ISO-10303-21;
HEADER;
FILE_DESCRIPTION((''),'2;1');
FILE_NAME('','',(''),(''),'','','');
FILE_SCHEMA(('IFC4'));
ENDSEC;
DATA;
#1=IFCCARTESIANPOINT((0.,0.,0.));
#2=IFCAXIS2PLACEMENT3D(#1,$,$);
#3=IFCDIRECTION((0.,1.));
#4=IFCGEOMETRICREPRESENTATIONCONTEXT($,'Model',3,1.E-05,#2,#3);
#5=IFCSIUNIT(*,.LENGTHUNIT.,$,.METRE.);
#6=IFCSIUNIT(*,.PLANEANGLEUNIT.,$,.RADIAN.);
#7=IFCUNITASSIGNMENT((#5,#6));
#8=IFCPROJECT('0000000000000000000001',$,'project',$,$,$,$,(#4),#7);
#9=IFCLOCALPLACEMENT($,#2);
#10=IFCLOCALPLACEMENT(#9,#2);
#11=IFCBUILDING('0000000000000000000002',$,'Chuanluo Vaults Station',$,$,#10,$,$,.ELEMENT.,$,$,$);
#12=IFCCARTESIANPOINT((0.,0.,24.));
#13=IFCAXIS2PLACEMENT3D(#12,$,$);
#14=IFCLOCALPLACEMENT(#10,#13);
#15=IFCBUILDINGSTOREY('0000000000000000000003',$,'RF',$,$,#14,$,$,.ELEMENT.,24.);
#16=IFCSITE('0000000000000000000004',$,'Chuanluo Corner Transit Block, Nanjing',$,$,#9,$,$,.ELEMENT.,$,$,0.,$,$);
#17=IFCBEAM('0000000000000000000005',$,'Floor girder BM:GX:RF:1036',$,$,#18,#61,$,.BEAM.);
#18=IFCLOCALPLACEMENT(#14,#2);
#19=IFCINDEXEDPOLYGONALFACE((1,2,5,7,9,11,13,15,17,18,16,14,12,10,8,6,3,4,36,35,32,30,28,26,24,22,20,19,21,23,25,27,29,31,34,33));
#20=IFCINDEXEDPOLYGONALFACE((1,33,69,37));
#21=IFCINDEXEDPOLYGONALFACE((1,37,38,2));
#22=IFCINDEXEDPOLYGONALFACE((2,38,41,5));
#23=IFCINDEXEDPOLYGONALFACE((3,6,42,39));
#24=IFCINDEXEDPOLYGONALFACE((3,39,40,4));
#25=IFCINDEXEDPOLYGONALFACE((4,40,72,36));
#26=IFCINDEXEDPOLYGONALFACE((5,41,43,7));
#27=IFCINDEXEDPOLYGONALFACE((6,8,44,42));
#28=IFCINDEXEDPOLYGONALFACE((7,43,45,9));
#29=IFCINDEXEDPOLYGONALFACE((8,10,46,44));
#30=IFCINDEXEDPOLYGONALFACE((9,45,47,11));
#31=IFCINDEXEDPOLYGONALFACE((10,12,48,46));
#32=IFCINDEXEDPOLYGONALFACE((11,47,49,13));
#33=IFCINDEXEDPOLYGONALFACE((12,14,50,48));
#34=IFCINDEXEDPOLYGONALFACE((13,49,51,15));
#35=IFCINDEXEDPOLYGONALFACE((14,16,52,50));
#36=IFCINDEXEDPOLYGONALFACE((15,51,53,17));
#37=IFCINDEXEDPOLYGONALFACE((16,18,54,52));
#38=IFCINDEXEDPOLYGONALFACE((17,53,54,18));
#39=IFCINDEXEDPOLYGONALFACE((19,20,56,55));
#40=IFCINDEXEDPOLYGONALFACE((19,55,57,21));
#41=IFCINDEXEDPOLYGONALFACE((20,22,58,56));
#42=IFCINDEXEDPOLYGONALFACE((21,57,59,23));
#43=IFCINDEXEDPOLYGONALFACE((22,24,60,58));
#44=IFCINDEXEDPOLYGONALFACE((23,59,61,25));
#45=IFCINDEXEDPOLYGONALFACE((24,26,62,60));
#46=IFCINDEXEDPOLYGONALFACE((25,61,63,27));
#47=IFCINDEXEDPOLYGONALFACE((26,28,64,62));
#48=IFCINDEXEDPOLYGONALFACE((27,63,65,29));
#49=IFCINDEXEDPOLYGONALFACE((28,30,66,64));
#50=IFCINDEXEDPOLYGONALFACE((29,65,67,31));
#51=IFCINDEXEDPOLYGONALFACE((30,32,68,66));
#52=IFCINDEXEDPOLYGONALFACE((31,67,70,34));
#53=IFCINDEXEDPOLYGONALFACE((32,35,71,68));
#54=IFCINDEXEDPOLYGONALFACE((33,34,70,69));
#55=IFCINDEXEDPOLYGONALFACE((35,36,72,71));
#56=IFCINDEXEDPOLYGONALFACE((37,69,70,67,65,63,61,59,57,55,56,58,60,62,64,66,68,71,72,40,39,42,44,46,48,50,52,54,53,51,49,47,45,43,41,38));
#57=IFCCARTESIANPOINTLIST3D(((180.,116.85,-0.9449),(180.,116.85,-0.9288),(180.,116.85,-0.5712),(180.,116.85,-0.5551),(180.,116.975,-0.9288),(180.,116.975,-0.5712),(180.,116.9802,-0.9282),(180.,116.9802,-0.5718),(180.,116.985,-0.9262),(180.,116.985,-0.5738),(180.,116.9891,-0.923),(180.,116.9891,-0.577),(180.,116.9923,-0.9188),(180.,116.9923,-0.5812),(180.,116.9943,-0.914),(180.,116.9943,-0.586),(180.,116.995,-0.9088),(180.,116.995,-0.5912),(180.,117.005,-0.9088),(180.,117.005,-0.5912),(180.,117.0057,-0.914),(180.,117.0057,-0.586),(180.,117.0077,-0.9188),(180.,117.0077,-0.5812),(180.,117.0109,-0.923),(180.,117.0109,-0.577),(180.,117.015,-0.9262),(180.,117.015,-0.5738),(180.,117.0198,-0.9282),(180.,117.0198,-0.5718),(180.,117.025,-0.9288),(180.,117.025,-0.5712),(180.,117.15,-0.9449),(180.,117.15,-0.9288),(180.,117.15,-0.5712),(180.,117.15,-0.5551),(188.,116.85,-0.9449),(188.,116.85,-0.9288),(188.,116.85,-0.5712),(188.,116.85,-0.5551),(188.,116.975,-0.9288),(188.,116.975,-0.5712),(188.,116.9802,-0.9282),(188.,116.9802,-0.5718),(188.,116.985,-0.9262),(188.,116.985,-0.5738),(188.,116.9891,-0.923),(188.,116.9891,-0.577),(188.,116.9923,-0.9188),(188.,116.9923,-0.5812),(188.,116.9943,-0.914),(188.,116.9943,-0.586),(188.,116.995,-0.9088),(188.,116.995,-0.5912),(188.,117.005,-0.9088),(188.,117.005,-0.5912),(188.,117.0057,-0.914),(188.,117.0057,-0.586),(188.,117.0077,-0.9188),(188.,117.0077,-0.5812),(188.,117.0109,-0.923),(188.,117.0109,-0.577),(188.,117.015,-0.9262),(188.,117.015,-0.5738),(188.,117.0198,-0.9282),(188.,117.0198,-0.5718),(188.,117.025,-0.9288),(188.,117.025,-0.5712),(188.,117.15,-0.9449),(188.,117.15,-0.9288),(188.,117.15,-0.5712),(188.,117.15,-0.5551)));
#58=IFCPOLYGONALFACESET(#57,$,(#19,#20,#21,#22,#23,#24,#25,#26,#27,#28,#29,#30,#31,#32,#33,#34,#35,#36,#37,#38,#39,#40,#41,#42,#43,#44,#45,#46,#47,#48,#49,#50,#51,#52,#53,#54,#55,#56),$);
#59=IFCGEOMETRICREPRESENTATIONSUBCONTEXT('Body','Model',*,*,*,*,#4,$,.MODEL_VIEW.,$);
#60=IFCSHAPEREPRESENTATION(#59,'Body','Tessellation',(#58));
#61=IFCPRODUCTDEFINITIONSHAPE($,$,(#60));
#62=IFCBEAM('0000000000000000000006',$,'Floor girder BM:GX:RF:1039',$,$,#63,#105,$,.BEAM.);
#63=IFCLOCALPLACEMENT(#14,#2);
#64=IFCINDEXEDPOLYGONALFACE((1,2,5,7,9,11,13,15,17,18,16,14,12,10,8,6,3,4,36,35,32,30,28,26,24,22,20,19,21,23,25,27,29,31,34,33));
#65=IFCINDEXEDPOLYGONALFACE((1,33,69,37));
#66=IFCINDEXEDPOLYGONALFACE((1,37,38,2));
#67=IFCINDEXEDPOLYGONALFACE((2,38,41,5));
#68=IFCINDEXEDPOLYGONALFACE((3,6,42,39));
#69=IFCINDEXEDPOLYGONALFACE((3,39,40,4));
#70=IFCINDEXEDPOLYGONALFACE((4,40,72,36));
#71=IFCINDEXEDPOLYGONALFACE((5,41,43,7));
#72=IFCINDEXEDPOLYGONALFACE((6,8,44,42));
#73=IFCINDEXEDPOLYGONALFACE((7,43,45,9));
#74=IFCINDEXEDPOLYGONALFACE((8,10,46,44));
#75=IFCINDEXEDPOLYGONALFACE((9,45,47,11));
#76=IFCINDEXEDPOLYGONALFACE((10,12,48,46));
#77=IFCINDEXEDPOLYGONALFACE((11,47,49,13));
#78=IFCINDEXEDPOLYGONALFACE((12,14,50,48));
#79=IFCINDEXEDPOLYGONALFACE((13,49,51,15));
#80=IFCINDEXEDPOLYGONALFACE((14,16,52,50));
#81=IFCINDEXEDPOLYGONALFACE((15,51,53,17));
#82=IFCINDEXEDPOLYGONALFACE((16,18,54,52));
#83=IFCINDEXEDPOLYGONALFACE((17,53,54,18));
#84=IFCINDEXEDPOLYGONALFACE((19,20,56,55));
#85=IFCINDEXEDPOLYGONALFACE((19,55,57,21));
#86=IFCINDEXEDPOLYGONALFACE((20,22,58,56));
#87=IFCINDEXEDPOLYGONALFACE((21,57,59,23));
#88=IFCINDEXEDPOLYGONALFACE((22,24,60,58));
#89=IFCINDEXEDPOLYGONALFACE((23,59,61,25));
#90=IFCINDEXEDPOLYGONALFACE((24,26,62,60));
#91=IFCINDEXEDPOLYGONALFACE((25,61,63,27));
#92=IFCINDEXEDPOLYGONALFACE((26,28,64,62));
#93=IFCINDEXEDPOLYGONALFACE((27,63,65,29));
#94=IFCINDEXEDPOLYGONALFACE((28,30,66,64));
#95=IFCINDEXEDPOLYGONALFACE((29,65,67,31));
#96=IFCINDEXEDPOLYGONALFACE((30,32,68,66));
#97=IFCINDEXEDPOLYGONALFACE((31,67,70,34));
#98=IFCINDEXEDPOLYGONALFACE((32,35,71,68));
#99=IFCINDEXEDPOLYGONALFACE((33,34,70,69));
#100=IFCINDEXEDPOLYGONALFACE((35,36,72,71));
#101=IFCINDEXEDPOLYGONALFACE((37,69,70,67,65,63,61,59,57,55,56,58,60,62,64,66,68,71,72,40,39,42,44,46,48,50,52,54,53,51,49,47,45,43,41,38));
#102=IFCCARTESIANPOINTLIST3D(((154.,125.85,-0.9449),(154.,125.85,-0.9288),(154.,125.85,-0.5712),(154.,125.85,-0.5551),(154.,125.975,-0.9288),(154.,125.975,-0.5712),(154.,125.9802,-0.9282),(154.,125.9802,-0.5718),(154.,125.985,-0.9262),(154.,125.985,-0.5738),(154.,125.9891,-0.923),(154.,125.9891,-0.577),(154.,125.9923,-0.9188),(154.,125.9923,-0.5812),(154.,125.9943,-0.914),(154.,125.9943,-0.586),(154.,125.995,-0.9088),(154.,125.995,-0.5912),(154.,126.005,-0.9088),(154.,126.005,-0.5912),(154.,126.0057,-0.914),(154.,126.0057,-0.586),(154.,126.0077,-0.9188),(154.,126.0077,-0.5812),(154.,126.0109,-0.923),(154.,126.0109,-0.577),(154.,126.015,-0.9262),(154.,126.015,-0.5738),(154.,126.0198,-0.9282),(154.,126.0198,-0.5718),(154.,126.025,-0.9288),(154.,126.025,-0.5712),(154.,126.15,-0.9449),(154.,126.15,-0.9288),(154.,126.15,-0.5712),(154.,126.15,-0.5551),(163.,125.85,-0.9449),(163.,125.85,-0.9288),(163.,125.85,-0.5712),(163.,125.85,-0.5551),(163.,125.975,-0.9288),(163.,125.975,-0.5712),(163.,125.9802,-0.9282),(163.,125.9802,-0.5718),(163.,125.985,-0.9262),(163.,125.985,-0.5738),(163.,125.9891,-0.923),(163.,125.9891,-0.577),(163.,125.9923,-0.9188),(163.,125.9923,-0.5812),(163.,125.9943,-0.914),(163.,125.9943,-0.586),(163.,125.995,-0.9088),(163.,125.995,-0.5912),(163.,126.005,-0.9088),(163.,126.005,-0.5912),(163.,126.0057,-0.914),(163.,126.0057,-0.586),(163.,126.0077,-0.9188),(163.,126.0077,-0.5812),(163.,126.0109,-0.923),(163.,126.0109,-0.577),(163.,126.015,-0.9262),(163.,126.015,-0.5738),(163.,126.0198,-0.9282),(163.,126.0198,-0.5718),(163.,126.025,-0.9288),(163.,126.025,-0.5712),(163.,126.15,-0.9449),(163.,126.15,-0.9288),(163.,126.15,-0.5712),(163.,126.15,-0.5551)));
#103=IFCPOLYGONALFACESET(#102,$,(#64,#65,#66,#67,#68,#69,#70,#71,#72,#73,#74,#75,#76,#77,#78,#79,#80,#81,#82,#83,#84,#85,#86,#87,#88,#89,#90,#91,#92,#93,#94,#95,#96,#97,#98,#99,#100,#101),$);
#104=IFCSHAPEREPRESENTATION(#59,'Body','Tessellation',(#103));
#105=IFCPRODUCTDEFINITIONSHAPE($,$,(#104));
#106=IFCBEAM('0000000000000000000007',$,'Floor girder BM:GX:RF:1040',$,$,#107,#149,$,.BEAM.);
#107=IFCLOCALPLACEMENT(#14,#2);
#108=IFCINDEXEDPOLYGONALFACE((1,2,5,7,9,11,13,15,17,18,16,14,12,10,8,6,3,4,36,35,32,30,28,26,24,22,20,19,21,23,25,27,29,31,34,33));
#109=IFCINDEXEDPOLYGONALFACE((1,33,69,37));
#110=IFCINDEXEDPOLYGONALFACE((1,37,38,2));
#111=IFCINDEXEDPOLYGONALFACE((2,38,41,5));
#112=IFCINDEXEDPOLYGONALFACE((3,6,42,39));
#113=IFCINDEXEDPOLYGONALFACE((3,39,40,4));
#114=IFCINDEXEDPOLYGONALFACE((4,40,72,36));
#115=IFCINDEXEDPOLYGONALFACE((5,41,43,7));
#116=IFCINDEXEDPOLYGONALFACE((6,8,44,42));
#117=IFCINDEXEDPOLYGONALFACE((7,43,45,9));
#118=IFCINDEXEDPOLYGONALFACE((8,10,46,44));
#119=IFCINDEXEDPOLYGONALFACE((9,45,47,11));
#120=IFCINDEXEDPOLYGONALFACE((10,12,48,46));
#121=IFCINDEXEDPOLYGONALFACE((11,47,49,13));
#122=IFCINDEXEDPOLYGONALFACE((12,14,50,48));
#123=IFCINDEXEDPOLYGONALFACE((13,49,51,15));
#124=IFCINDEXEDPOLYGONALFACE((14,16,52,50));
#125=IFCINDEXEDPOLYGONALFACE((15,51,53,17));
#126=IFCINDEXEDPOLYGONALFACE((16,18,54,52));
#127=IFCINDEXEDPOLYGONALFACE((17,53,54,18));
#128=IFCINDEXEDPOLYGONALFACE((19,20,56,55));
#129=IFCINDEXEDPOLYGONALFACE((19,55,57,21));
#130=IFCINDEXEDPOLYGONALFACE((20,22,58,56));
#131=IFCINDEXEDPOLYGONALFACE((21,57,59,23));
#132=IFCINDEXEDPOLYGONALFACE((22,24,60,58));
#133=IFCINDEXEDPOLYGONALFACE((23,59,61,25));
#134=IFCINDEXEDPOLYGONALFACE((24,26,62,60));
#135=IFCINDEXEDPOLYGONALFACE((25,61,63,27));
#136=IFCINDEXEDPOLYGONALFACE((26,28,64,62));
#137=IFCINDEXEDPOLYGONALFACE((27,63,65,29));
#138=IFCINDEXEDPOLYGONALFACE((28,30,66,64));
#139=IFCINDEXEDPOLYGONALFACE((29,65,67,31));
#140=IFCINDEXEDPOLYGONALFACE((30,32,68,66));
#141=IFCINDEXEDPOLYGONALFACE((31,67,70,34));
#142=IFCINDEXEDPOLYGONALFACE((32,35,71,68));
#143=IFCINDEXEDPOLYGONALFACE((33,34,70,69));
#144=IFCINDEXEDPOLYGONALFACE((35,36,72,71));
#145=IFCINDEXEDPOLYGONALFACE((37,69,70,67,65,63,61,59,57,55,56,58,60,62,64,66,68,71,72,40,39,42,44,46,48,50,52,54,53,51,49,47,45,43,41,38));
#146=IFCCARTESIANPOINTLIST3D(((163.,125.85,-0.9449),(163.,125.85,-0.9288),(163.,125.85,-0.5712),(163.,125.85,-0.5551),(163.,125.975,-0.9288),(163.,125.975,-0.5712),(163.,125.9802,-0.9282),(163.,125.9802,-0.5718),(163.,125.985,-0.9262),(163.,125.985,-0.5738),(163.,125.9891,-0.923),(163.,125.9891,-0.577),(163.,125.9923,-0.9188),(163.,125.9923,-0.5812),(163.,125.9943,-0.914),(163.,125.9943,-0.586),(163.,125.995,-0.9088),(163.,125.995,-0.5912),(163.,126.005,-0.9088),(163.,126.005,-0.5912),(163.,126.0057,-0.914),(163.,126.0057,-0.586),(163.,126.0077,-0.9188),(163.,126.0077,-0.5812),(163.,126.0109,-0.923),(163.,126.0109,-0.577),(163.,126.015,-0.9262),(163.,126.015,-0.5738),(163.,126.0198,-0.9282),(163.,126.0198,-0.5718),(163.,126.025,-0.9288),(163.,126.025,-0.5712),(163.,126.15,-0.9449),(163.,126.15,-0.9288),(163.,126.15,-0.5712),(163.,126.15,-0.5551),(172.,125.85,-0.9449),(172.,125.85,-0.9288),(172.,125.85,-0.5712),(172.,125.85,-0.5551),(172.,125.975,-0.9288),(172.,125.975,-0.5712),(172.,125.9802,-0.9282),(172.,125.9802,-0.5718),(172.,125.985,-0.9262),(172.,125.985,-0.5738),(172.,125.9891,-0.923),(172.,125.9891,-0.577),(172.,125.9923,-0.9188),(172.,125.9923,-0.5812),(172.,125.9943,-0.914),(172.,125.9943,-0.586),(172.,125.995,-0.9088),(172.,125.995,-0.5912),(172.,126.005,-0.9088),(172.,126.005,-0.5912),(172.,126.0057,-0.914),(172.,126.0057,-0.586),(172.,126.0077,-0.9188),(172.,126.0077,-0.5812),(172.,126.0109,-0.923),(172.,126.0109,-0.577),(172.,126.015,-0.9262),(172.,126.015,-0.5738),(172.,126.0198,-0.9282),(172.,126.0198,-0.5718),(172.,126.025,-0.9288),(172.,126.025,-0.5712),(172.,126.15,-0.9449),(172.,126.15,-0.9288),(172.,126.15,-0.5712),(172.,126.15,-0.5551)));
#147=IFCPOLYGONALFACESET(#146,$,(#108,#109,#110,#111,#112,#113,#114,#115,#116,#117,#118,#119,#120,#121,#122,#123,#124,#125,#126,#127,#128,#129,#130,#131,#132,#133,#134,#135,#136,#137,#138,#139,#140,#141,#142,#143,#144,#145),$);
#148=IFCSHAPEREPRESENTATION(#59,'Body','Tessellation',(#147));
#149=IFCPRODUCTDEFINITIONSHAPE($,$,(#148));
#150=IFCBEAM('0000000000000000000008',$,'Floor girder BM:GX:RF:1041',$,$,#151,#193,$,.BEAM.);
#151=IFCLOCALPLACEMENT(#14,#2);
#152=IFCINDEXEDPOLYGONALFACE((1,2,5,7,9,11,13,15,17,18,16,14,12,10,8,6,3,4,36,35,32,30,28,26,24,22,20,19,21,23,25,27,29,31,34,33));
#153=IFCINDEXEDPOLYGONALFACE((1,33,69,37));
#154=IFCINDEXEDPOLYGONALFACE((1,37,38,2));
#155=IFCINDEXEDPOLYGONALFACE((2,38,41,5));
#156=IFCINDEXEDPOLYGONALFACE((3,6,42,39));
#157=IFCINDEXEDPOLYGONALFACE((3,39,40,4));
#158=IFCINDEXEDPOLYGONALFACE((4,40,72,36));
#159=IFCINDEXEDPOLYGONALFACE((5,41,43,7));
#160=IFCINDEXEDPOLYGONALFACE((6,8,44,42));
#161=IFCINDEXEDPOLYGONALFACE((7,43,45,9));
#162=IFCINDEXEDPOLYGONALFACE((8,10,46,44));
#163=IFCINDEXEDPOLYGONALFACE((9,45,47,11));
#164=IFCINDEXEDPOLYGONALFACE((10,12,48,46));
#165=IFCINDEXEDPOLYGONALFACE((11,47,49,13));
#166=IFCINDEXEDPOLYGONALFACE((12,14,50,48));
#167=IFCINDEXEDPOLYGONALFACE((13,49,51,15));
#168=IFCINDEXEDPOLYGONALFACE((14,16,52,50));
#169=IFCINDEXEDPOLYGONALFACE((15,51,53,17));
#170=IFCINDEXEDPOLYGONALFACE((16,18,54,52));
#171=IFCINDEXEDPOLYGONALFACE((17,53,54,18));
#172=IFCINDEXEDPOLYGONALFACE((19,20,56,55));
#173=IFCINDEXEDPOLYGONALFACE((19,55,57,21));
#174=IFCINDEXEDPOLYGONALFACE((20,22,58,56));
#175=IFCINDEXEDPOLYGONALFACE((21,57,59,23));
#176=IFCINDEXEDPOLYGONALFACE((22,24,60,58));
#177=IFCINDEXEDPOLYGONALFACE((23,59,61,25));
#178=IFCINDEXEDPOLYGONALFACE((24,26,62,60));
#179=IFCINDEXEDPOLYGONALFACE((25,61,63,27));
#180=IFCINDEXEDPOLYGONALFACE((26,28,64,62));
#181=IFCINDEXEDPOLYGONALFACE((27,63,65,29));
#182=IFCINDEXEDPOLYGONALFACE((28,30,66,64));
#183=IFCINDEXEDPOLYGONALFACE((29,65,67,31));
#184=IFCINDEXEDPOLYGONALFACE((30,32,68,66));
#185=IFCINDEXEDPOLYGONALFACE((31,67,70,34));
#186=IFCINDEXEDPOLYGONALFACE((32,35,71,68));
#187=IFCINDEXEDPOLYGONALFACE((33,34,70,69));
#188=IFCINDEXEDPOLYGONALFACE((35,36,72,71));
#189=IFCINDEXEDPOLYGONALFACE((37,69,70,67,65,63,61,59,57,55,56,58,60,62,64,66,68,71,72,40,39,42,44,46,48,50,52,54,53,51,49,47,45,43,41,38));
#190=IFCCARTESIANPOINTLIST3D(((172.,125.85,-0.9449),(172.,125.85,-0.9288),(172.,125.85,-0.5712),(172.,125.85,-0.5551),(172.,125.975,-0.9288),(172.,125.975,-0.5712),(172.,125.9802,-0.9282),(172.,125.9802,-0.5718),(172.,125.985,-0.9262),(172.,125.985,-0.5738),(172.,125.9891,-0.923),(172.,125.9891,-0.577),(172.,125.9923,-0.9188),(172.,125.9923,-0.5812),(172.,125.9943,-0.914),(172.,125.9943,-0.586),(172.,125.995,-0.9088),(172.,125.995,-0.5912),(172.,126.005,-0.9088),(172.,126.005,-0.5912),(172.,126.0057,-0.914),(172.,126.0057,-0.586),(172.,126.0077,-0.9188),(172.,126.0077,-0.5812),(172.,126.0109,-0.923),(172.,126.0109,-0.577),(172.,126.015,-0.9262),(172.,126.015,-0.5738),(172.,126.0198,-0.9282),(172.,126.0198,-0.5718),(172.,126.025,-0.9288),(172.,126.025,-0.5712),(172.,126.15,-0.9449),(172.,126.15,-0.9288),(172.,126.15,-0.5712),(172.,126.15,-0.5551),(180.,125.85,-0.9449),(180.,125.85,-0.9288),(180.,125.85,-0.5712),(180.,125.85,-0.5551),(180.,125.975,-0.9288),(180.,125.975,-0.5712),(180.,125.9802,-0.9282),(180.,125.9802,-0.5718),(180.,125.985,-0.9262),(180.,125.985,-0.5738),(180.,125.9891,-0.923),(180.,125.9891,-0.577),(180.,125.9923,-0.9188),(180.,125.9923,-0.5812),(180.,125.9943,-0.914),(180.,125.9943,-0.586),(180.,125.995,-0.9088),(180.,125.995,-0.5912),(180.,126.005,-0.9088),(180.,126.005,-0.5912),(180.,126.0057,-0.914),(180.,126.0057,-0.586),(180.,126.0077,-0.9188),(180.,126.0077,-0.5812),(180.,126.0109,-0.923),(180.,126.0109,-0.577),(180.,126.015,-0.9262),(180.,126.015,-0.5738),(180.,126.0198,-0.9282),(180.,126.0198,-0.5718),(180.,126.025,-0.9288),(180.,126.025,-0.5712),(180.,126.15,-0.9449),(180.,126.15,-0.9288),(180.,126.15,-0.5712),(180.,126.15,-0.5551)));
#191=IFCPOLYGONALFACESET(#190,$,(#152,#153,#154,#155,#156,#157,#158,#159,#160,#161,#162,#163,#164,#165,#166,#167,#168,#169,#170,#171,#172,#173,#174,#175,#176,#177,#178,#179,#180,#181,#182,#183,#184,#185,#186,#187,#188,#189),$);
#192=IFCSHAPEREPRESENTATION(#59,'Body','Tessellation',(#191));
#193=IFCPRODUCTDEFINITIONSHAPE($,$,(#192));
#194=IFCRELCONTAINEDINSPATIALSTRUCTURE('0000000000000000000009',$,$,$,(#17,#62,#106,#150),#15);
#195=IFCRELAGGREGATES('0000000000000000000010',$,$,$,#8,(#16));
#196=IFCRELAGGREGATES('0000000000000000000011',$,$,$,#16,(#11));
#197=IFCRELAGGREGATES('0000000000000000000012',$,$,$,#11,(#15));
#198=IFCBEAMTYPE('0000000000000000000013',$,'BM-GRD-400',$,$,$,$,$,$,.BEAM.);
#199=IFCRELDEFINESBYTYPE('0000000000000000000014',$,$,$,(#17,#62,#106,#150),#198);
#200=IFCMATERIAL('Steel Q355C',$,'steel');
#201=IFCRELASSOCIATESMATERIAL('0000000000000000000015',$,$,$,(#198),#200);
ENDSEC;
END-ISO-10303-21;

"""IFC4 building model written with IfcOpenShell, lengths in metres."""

from ifc_helpers import new_model, si_unit, direction, frame, origin, origin_2d, place, context, subcontext, project, spatial, i_section, extrude, material, material_profile, profile_set, type_object, element, save


model = new_model("IFC4")

# Units and contexts
model_context = context("Model", 3, precision=1e-05, world=origin(), true_north=direction((0.0, 1.0)))
body_context = subcontext(model_context, "Body", "Model", "MODEL_VIEW")
ifc_project = project(units=[si_unit("LENGTHUNIT", "METRE"), si_unit("PLANEANGLEUNIT", "RADIAN")], contexts=[model_context])

# Site, building, storey
site_placement = place(None, origin())
site = spatial("IfcSite", under=ifc_project, at=site_placement, Name="Chuanluo Corner Transit Block, Nanjing", CompositionType="ELEMENT", RefElevation=0.0)
building_placement = place(site_placement, origin())
building = spatial("IfcBuilding", under=site, at=building_placement, Name="Chuanluo Vaults Station", CompositionType="ELEMENT")
storey_placement = place(building_placement, frame((0.0, 0.0, 24.0)))
storey = spatial("IfcBuildingStorey", under=building, at=storey_placement, Name="RF", CompositionType="ELEMENT", Elevation=24.0)

# Beams
ifc_material_1 = material(Name="Steel Q355C", Category="steel")
ifc_material_profile_1 = material_profile(ifc_material_1, i_section(OverallWidth=0.3, OverallDepth=0.3899, WebThickness=0.01, FlangeThickness=0.0161, FilletRadius=0.02, at=origin_2d()))
ifc_profile_set_1 = profile_set([ifc_material_profile_1], Name="Steel Q355C")
beam_type_1 = type_object("IfcBeamType", Name="BM-GRD-400", PredefinedType="BEAM", material=ifc_profile_set_1)
for number, where, z_axis, x_axis, name in (
    (1, (180.0, 117.0, -0.75), (1.0, 0.0, 0.0), (0.0, 1.0, 0.0), "Floor girder BM:GX:RF:1036"),
):
    element("IfcBeam", number, at=place(storey_placement, frame(where, z_axis=z_axis, x_axis=x_axis)), inside=storey, type_object=beam_type_1, Name=name, PredefinedType="BEAM", context=body_context, shape_type="SweptSolid", body=[
        extrude(i_section(OverallWidth=0.3, OverallDepth=0.3899, WebThickness=0.01, FlangeThickness=0.0161, FilletRadius=0.02, at=origin_2d()), origin(), (0.0, 0.0, 1.0), 8.0),
    ])
for number, where, z_axis, x_axis, name in (
    (2, (154.0, 126.0, -0.75), (1.0, 0.0, 0.0), (0.0, 1.0, 0.0), "Floor girder BM:GX:RF:1039"),
    (3, (163.0, 126.0, -0.75), (1.0, 0.0, 0.0), (0.0, 1.0, 0.0), "Floor girder BM:GX:RF:1040"),
):
    element("IfcBeam", number, at=place(storey_placement, frame(where, z_axis=z_axis, x_axis=x_axis)), inside=storey, type_object=beam_type_1, Name=name, PredefinedType="BEAM", context=body_context, shape_type="SweptSolid", body=[
        extrude(i_section(OverallWidth=0.3, OverallDepth=0.3899, WebThickness=0.01, FlangeThickness=0.0161, FilletRadius=0.02, at=origin_2d()), origin(), (0.0, 0.0, 1.0), 9.0),
    ])
for number, where, z_axis, x_axis, name in (
    (4, (172.0, 126.0, -0.75), (1.0, 0.0, 0.0), (0.0, 1.0, 0.0), "Floor girder BM:GX:RF:1041"),
):
    element("IfcBeam", number, at=place(storey_placement, frame(where, z_axis=z_axis, x_axis=x_axis)), inside=storey, type_object=beam_type_1, Name=name, PredefinedType="BEAM", context=body_context, shape_type="SweptSolid", body=[
        extrude(i_section(OverallWidth=0.3, OverallDepth=0.3899, WebThickness=0.01, FlangeThickness=0.0161, FilletRadius=0.02, at=origin_2d()), origin(), (0.0, 0.0, 1.0), 8.0),
    ])

save(model, "model.ifc")
